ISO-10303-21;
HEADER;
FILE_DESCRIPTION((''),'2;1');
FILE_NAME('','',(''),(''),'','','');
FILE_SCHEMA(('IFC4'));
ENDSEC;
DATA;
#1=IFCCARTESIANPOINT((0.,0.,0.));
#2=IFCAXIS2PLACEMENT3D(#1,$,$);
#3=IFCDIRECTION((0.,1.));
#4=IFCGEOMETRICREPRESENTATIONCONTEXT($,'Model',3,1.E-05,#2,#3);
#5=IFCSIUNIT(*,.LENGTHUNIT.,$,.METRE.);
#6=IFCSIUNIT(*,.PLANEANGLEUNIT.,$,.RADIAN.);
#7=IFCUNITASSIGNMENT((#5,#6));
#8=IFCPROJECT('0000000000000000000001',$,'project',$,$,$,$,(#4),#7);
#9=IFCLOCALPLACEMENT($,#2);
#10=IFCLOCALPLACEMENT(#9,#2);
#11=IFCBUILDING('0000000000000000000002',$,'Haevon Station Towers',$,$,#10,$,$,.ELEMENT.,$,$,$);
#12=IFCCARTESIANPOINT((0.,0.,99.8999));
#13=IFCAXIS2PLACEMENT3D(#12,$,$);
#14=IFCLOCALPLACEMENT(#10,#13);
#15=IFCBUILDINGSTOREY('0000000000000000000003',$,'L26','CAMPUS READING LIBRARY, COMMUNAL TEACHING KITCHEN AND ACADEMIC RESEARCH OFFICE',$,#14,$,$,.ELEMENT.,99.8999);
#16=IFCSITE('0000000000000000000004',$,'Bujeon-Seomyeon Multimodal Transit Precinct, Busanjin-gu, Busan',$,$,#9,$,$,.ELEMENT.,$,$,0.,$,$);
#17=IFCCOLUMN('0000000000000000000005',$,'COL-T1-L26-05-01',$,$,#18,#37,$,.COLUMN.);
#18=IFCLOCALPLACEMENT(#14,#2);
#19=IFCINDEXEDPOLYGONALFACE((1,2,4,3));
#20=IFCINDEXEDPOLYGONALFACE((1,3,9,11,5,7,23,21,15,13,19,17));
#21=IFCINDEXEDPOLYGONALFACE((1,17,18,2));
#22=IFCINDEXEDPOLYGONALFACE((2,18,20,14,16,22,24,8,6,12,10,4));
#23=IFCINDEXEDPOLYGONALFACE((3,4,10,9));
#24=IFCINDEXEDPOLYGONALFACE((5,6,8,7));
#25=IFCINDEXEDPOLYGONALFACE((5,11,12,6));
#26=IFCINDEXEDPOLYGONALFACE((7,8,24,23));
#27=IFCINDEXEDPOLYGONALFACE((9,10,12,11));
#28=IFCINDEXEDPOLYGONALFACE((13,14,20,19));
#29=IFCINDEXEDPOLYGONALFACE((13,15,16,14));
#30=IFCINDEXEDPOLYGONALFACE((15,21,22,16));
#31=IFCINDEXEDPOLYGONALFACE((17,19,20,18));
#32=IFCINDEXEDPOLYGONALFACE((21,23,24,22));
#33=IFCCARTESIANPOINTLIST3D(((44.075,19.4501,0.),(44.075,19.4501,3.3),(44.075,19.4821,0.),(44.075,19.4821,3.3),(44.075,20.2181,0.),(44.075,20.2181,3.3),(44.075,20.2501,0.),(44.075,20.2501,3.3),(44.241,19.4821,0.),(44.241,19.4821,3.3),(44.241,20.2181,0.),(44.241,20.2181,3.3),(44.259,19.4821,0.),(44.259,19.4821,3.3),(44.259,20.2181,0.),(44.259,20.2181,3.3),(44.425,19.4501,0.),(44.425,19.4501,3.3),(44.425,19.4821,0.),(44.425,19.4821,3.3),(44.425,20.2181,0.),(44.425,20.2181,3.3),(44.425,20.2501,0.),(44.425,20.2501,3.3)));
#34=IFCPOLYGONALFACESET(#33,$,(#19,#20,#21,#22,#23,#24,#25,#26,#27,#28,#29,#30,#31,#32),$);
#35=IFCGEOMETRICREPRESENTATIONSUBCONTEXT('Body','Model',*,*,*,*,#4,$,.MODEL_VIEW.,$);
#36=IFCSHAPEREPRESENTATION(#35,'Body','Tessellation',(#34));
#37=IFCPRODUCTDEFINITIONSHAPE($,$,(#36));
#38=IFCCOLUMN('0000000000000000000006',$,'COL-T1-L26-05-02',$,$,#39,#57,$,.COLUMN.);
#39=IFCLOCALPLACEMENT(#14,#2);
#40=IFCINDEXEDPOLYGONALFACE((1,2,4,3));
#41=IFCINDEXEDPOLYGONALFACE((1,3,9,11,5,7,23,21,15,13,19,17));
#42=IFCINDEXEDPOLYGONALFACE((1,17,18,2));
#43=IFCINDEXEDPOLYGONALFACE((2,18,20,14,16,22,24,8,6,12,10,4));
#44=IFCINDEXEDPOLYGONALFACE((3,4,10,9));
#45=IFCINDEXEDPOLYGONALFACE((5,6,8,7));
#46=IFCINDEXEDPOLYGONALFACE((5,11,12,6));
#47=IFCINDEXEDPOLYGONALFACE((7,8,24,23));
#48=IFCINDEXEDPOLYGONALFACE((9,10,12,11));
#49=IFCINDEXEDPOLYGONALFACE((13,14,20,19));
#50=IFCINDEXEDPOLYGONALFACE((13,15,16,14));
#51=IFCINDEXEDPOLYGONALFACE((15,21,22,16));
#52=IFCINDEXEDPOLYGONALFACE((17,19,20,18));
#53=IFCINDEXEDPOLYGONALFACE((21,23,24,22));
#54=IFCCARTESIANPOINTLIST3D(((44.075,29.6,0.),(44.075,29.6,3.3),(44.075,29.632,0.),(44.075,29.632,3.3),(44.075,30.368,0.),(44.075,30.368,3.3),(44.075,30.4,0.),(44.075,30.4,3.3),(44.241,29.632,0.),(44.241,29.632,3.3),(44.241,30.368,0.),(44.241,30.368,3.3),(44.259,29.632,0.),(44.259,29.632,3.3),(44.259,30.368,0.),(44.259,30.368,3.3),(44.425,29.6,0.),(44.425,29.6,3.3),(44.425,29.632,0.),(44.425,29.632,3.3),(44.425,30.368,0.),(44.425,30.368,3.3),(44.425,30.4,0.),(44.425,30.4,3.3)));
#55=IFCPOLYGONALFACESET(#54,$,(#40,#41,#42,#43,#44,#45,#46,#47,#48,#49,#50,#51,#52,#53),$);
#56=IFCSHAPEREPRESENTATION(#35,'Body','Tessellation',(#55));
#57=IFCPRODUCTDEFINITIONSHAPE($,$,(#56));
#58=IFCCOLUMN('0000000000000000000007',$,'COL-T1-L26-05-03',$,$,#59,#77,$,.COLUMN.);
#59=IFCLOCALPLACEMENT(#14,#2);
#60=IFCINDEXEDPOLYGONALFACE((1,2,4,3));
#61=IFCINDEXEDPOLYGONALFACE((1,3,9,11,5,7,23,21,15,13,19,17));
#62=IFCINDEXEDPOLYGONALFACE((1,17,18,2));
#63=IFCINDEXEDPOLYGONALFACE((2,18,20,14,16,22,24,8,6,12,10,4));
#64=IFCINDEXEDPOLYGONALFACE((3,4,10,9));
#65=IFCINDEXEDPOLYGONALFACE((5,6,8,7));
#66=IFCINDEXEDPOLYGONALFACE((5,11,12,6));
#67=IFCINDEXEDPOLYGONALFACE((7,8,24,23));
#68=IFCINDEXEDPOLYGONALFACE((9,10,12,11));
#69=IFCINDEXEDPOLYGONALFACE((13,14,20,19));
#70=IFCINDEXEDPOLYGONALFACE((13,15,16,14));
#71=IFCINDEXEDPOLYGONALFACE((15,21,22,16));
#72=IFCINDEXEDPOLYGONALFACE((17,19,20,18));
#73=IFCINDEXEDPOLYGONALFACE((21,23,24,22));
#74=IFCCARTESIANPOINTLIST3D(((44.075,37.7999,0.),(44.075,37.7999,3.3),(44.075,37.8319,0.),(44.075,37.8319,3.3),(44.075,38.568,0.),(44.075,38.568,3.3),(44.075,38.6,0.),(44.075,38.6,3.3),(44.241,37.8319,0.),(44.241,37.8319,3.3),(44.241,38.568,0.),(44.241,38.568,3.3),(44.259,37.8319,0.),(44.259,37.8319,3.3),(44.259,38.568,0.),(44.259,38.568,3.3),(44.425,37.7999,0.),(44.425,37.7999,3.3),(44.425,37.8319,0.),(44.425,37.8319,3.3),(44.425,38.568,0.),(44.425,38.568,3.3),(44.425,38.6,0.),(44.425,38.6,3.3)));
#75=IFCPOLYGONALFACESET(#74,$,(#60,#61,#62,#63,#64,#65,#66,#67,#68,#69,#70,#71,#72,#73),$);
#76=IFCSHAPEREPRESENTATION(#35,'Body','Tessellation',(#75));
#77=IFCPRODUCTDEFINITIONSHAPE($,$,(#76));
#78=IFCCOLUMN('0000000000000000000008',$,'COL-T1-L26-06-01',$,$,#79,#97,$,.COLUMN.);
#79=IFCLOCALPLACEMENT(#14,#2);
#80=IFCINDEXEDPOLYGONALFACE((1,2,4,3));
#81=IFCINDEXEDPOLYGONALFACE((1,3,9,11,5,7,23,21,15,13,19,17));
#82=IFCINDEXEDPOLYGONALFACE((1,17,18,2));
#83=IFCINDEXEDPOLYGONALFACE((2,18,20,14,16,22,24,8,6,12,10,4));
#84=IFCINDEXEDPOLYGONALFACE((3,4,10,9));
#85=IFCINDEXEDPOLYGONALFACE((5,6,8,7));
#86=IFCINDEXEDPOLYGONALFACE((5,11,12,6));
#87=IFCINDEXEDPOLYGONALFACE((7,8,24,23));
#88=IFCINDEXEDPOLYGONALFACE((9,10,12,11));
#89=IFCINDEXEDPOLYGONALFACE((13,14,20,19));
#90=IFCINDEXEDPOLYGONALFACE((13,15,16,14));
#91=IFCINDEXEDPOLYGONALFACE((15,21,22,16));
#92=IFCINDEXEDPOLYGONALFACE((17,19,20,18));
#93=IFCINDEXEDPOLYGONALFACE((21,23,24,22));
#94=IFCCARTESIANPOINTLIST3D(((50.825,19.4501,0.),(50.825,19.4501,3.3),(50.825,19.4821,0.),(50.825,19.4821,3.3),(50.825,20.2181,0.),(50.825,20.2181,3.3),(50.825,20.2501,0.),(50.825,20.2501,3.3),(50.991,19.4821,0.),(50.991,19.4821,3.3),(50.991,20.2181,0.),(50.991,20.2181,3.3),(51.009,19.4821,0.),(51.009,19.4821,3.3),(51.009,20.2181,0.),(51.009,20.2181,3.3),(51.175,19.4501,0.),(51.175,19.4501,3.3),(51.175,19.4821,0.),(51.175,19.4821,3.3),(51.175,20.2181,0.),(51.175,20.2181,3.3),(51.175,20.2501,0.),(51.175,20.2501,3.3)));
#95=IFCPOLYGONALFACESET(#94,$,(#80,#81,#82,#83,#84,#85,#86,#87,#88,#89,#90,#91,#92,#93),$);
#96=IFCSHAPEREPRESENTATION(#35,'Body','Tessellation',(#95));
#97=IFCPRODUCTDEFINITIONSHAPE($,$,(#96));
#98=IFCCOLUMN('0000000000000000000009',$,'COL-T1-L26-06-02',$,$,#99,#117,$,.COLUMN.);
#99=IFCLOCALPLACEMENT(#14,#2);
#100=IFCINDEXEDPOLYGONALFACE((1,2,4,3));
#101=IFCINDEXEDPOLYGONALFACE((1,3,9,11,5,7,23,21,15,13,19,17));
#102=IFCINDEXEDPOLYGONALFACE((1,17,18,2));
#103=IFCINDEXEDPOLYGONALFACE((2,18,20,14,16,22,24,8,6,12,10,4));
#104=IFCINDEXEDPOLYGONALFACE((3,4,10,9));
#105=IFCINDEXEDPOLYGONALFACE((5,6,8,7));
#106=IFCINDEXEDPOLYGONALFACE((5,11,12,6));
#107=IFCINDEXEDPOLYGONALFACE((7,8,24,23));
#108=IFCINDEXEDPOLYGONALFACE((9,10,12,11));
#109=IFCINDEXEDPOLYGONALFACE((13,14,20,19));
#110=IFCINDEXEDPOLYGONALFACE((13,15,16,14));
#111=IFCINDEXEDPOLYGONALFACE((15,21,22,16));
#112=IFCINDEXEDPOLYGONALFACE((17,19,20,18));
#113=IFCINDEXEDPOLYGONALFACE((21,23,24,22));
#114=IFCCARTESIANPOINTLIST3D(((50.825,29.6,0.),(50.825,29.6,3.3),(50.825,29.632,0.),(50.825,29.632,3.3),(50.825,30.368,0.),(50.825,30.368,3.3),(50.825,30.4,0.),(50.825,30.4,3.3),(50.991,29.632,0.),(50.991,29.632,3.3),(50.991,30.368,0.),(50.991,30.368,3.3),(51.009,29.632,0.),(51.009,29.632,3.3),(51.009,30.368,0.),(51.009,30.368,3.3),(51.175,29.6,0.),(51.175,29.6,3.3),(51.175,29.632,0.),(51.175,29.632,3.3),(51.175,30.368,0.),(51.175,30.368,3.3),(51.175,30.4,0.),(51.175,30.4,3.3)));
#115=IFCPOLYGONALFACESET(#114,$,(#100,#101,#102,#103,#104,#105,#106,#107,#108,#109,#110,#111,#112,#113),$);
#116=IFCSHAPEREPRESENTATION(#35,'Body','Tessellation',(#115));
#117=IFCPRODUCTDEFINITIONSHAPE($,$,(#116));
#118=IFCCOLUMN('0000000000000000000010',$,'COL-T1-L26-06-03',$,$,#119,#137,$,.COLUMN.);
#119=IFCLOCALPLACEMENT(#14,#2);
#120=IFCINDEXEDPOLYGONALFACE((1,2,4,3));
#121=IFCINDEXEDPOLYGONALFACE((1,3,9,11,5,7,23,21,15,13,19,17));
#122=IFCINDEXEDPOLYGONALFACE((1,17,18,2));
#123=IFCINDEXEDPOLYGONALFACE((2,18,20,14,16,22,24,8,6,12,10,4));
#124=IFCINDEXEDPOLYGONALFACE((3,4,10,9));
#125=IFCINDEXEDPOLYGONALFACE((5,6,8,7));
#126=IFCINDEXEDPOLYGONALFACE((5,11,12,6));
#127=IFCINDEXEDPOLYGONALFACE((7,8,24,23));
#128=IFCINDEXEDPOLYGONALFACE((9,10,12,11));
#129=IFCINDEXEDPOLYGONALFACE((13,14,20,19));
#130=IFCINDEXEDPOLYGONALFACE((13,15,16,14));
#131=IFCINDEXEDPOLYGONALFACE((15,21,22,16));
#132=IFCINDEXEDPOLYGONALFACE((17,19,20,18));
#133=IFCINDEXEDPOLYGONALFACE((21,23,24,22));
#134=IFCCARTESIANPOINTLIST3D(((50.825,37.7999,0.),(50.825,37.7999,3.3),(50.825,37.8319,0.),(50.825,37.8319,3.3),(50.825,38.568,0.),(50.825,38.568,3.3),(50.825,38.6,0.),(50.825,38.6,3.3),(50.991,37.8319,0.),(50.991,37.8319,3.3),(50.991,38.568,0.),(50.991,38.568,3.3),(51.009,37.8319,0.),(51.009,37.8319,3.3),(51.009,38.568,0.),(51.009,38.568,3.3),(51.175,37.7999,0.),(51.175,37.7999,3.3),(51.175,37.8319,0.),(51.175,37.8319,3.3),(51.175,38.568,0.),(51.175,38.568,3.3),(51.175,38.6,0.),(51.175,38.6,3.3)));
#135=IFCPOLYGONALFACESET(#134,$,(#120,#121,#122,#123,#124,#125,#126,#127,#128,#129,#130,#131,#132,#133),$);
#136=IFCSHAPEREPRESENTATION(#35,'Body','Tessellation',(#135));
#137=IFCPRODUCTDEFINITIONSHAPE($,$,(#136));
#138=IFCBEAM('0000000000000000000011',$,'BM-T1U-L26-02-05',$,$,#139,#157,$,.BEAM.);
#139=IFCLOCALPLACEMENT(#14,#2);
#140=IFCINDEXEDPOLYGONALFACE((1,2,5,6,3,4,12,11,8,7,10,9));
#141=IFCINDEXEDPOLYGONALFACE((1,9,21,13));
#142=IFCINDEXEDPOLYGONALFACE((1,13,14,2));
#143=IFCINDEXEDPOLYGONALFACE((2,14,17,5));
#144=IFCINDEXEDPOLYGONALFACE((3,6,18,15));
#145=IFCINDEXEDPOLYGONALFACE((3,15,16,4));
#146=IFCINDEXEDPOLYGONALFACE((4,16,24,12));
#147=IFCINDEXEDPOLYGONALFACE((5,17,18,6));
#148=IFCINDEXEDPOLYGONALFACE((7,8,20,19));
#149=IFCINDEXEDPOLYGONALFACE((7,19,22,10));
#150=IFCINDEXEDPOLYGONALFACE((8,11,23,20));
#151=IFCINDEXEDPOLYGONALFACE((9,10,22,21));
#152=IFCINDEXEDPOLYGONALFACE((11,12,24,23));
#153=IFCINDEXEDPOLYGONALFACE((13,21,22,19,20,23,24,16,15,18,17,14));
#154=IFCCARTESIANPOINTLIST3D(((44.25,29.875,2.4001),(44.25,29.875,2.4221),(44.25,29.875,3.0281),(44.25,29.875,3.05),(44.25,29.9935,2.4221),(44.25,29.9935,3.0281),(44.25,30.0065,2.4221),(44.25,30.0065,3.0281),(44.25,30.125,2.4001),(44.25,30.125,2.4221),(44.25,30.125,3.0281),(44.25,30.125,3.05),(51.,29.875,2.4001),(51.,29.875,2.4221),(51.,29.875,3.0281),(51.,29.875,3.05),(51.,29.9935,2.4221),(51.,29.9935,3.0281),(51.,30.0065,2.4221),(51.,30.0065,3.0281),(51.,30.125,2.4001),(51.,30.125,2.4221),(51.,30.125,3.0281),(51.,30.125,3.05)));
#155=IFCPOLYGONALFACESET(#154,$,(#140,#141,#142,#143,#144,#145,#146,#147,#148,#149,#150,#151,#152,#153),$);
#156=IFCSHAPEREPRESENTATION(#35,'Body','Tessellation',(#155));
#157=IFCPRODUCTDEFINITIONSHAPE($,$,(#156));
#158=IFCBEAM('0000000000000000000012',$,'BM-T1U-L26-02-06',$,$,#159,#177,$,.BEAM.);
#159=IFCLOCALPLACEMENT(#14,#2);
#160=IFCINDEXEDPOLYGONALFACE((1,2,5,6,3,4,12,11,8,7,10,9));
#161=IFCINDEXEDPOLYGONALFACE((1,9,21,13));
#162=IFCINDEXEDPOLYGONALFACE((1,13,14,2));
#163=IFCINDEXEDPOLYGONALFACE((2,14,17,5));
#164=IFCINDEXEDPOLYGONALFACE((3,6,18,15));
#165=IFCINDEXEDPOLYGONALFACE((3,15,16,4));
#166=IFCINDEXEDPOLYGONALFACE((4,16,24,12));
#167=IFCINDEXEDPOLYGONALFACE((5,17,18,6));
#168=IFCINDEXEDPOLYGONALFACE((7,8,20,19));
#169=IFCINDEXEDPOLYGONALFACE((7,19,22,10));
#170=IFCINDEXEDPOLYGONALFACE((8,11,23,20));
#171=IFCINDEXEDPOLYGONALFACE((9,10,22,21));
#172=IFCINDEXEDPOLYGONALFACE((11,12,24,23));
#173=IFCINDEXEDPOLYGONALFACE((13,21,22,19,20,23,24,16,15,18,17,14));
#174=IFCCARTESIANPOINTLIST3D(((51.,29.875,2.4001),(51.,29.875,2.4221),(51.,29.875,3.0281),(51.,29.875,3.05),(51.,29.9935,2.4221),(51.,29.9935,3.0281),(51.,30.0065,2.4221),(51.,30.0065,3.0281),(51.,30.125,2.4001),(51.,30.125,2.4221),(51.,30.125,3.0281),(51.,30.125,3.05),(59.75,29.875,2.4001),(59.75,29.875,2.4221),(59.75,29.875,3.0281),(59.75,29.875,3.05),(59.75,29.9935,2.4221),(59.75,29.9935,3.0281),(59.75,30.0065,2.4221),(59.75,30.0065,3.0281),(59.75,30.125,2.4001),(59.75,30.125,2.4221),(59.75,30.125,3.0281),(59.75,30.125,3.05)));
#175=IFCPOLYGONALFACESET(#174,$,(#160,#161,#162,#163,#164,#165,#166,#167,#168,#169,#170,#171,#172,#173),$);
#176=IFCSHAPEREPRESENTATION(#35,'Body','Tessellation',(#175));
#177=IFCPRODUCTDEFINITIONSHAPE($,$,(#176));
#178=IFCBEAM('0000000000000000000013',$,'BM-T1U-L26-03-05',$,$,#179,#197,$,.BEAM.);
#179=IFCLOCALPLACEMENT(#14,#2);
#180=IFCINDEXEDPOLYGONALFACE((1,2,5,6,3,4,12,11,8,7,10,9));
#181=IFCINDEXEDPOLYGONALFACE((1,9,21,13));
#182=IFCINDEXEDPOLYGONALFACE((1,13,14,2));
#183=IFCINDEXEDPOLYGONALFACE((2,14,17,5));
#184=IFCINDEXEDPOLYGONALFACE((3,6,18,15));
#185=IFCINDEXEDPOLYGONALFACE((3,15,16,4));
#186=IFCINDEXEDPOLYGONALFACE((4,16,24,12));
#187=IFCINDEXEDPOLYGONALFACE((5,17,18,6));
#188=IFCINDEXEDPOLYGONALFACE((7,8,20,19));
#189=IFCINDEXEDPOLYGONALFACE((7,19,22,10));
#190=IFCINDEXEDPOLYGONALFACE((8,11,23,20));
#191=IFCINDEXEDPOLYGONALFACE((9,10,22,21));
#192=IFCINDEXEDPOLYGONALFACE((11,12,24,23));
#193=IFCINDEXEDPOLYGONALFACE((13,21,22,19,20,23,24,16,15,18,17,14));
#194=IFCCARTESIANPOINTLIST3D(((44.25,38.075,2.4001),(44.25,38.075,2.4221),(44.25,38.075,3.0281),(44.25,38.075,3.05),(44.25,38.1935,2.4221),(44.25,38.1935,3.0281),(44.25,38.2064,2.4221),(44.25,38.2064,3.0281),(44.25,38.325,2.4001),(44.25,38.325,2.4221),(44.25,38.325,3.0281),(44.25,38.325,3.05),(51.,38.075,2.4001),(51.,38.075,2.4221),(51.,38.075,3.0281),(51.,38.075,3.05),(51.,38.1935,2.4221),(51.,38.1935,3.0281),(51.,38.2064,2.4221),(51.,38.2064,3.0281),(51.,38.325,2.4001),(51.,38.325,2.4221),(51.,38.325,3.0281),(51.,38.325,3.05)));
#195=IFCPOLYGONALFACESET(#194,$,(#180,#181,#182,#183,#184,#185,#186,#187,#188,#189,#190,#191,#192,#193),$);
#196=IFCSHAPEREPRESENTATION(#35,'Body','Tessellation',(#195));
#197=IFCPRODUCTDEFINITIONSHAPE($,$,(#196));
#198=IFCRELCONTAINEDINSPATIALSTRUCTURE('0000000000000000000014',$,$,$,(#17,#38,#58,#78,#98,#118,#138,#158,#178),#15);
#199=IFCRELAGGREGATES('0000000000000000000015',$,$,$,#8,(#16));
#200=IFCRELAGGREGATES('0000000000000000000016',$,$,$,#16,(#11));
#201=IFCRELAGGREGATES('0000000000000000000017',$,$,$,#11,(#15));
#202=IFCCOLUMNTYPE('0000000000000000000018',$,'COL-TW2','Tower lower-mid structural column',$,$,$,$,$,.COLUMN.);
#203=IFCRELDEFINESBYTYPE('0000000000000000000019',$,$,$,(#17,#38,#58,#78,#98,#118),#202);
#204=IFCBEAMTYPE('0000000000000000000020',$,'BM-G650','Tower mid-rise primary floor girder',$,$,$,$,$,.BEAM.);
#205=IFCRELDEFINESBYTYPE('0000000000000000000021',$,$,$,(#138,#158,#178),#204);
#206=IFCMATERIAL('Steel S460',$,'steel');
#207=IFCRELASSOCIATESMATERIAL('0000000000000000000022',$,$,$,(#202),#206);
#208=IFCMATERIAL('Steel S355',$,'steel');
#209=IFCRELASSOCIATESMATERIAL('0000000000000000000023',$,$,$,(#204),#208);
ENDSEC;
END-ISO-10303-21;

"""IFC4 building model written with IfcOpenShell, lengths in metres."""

from ifc_helpers import new_model, si_unit, direction, frame, origin, origin_2d, place, context, subcontext, project, spatial, i_section, extrude, material, material_profile, profile_set, type_object, element, save


model = new_model("IFC4")

# Units and contexts
model_context = context("Model", 3, precision=1e-05, world=origin(), true_north=direction((0.0, 1.0)))
body_context = subcontext(model_context, "Body", "Model", "MODEL_VIEW")
ifc_project = project(units=[si_unit("LENGTHUNIT", "METRE"), si_unit("PLANEANGLEUNIT", "RADIAN")], contexts=[model_context])

# Site, building, storey
site_placement = place(None, origin())
site = spatial("IfcSite", under=ifc_project, at=site_placement, Name="Bujeon-Seomyeon Multimodal Transit Precinct, Busanjin-gu, Busan", CompositionType="ELEMENT", RefElevation=0.0)
building_placement = place(site_placement, origin())
building = spatial("IfcBuilding", under=site, at=building_placement, Name="Haevon Station Towers", CompositionType="ELEMENT")
storey_placement = place(building_placement, frame((0.0, 0.0, 99.8999)))
storey = spatial("IfcBuildingStorey", under=building, at=storey_placement, Name="L26", Description="CAMPUS READING LIBRARY, COMMUNAL TEACHING KITCHEN AND ACADEMIC RESEARCH OFFICE", CompositionType="ELEMENT", Elevation=99.8999)

# Columns
ifc_material_1 = material(Name="Steel S460", Category="steel")
ifc_material_profile_1 = material_profile(ifc_material_1, i_section(OverallWidth=0.3501, OverallDepth=0.8, WebThickness=0.0181, FlangeThickness=0.032, at=origin_2d()), Name="H-800x350x18x32")
ifc_profile_set_1 = profile_set([ifc_material_profile_1], Name="Steel S460")
column_type = type_object("IfcColumnType", Name="COL-TW2", Description="Tower lower-mid structural column", PredefinedType="COLUMN", material=ifc_profile_set_1)
for number, where, z_axis, x_axis, name in (
    (1, (44.25, 19.8501, 0.0), (0.0, 0.0, 1.0), (1.0, 0.0, 0.0), "COL-T1-L26-05-01"),
    (2, (44.25, 30.0, 0.0), (0.0, 0.0, 1.0), (1.0, 0.0, 0.0), "COL-T1-L26-05-02"),
    (3, (44.25, 38.2, 0.0), (0.0, 0.0, 1.0), (1.0, 0.0, 0.0), "COL-T1-L26-05-03"),
    (4, (51.0, 19.8501, 0.0), (0.0, 0.0, 1.0), (1.0, 0.0, 0.0), "COL-T1-L26-06-01"),
    (5, (51.0, 30.0, 0.0), (0.0, 0.0, 1.0), (1.0, 0.0, 0.0), "COL-T1-L26-06-02"),
    (6, (51.0, 38.2, 0.0), (0.0, 0.0, 1.0), (1.0, 0.0, 0.0), "COL-T1-L26-06-03"),
):
    element("IfcColumn", number, at=place(storey_placement, frame(where, z_axis=z_axis, x_axis=x_axis)), inside=storey, type_object=column_type, Name=name, PredefinedType="COLUMN", context=body_context, shape_type="SweptSolid", body=[
        extrude(i_section(OverallWidth=0.3501, OverallDepth=0.8, WebThickness=0.0181, FlangeThickness=0.032, at=origin_2d()), origin(), (0.0, 0.0, 1.0), 3.3),
    ])

# Beams
ifc_material_2 = material(Name="Steel S355", Category="steel")
ifc_material_profile_2 = material_profile(ifc_material_2, i_section(OverallWidth=0.25, OverallDepth=0.6499, WebThickness=0.0129, FlangeThickness=0.022, at=origin_2d()), Name="H-650x250x13x22")
ifc_profile_set_2 = profile_set([ifc_material_profile_2], Name="Steel S355")
beam_type_1 = type_object("IfcBeamType", Name="BM-G650", Description="Tower mid-rise primary floor girder", PredefinedType="BEAM", material=ifc_profile_set_2)
beam_1_placement = place(storey_placement, frame((44.25, 30.0, 2.7251), z_axis=(1.0, 0.0, 0.0), x_axis=(0.0, 1.0, 0.0)))
element("IfcBeam", 7, at=beam_1_placement, inside=storey, type_object=beam_type_1, Name="BM-T1U-L26-02-05", PredefinedType="BEAM", context=body_context, shape_type="SweptSolid", body=[
    extrude(i_section(OverallWidth=0.25, OverallDepth=0.6499, WebThickness=0.0129, FlangeThickness=0.022, at=origin_2d()), origin(), (0.0, 0.0, 1.0), 6.75),
])
beam_2_placement = place(storey_placement, frame((51.0, 30.0, 2.7251), z_axis=(1.0, 0.0, 0.0), x_axis=(0.0, 1.0, 0.0)))
element("IfcBeam", 8, at=beam_2_placement, inside=storey, type_object=beam_type_1, Name="BM-T1U-L26-02-06", PredefinedType="BEAM", context=body_context, shape_type="SweptSolid", body=[
    extrude(i_section(OverallWidth=0.25, OverallDepth=0.6499, WebThickness=0.0129, FlangeThickness=0.022, at=origin_2d()), origin(), (0.0, 0.0, 1.0), 8.75),
])
beam_3_placement = place(storey_placement, frame((44.25, 38.2, 2.7251), z_axis=(1.0, 0.0, 0.0), x_axis=(0.0, 1.0, 0.0)))
element("IfcBeam", 9, at=beam_3_placement, inside=storey, type_object=beam_type_1, Name="BM-T1U-L26-03-05", PredefinedType="BEAM", context=body_context, shape_type="SweptSolid", body=[
    extrude(i_section(OverallWidth=0.25, OverallDepth=0.6499, WebThickness=0.0129, FlangeThickness=0.022, at=origin_2d()), origin(), (0.0, 0.0, 1.0), 6.75),
])

save(model, "model.ifc")
